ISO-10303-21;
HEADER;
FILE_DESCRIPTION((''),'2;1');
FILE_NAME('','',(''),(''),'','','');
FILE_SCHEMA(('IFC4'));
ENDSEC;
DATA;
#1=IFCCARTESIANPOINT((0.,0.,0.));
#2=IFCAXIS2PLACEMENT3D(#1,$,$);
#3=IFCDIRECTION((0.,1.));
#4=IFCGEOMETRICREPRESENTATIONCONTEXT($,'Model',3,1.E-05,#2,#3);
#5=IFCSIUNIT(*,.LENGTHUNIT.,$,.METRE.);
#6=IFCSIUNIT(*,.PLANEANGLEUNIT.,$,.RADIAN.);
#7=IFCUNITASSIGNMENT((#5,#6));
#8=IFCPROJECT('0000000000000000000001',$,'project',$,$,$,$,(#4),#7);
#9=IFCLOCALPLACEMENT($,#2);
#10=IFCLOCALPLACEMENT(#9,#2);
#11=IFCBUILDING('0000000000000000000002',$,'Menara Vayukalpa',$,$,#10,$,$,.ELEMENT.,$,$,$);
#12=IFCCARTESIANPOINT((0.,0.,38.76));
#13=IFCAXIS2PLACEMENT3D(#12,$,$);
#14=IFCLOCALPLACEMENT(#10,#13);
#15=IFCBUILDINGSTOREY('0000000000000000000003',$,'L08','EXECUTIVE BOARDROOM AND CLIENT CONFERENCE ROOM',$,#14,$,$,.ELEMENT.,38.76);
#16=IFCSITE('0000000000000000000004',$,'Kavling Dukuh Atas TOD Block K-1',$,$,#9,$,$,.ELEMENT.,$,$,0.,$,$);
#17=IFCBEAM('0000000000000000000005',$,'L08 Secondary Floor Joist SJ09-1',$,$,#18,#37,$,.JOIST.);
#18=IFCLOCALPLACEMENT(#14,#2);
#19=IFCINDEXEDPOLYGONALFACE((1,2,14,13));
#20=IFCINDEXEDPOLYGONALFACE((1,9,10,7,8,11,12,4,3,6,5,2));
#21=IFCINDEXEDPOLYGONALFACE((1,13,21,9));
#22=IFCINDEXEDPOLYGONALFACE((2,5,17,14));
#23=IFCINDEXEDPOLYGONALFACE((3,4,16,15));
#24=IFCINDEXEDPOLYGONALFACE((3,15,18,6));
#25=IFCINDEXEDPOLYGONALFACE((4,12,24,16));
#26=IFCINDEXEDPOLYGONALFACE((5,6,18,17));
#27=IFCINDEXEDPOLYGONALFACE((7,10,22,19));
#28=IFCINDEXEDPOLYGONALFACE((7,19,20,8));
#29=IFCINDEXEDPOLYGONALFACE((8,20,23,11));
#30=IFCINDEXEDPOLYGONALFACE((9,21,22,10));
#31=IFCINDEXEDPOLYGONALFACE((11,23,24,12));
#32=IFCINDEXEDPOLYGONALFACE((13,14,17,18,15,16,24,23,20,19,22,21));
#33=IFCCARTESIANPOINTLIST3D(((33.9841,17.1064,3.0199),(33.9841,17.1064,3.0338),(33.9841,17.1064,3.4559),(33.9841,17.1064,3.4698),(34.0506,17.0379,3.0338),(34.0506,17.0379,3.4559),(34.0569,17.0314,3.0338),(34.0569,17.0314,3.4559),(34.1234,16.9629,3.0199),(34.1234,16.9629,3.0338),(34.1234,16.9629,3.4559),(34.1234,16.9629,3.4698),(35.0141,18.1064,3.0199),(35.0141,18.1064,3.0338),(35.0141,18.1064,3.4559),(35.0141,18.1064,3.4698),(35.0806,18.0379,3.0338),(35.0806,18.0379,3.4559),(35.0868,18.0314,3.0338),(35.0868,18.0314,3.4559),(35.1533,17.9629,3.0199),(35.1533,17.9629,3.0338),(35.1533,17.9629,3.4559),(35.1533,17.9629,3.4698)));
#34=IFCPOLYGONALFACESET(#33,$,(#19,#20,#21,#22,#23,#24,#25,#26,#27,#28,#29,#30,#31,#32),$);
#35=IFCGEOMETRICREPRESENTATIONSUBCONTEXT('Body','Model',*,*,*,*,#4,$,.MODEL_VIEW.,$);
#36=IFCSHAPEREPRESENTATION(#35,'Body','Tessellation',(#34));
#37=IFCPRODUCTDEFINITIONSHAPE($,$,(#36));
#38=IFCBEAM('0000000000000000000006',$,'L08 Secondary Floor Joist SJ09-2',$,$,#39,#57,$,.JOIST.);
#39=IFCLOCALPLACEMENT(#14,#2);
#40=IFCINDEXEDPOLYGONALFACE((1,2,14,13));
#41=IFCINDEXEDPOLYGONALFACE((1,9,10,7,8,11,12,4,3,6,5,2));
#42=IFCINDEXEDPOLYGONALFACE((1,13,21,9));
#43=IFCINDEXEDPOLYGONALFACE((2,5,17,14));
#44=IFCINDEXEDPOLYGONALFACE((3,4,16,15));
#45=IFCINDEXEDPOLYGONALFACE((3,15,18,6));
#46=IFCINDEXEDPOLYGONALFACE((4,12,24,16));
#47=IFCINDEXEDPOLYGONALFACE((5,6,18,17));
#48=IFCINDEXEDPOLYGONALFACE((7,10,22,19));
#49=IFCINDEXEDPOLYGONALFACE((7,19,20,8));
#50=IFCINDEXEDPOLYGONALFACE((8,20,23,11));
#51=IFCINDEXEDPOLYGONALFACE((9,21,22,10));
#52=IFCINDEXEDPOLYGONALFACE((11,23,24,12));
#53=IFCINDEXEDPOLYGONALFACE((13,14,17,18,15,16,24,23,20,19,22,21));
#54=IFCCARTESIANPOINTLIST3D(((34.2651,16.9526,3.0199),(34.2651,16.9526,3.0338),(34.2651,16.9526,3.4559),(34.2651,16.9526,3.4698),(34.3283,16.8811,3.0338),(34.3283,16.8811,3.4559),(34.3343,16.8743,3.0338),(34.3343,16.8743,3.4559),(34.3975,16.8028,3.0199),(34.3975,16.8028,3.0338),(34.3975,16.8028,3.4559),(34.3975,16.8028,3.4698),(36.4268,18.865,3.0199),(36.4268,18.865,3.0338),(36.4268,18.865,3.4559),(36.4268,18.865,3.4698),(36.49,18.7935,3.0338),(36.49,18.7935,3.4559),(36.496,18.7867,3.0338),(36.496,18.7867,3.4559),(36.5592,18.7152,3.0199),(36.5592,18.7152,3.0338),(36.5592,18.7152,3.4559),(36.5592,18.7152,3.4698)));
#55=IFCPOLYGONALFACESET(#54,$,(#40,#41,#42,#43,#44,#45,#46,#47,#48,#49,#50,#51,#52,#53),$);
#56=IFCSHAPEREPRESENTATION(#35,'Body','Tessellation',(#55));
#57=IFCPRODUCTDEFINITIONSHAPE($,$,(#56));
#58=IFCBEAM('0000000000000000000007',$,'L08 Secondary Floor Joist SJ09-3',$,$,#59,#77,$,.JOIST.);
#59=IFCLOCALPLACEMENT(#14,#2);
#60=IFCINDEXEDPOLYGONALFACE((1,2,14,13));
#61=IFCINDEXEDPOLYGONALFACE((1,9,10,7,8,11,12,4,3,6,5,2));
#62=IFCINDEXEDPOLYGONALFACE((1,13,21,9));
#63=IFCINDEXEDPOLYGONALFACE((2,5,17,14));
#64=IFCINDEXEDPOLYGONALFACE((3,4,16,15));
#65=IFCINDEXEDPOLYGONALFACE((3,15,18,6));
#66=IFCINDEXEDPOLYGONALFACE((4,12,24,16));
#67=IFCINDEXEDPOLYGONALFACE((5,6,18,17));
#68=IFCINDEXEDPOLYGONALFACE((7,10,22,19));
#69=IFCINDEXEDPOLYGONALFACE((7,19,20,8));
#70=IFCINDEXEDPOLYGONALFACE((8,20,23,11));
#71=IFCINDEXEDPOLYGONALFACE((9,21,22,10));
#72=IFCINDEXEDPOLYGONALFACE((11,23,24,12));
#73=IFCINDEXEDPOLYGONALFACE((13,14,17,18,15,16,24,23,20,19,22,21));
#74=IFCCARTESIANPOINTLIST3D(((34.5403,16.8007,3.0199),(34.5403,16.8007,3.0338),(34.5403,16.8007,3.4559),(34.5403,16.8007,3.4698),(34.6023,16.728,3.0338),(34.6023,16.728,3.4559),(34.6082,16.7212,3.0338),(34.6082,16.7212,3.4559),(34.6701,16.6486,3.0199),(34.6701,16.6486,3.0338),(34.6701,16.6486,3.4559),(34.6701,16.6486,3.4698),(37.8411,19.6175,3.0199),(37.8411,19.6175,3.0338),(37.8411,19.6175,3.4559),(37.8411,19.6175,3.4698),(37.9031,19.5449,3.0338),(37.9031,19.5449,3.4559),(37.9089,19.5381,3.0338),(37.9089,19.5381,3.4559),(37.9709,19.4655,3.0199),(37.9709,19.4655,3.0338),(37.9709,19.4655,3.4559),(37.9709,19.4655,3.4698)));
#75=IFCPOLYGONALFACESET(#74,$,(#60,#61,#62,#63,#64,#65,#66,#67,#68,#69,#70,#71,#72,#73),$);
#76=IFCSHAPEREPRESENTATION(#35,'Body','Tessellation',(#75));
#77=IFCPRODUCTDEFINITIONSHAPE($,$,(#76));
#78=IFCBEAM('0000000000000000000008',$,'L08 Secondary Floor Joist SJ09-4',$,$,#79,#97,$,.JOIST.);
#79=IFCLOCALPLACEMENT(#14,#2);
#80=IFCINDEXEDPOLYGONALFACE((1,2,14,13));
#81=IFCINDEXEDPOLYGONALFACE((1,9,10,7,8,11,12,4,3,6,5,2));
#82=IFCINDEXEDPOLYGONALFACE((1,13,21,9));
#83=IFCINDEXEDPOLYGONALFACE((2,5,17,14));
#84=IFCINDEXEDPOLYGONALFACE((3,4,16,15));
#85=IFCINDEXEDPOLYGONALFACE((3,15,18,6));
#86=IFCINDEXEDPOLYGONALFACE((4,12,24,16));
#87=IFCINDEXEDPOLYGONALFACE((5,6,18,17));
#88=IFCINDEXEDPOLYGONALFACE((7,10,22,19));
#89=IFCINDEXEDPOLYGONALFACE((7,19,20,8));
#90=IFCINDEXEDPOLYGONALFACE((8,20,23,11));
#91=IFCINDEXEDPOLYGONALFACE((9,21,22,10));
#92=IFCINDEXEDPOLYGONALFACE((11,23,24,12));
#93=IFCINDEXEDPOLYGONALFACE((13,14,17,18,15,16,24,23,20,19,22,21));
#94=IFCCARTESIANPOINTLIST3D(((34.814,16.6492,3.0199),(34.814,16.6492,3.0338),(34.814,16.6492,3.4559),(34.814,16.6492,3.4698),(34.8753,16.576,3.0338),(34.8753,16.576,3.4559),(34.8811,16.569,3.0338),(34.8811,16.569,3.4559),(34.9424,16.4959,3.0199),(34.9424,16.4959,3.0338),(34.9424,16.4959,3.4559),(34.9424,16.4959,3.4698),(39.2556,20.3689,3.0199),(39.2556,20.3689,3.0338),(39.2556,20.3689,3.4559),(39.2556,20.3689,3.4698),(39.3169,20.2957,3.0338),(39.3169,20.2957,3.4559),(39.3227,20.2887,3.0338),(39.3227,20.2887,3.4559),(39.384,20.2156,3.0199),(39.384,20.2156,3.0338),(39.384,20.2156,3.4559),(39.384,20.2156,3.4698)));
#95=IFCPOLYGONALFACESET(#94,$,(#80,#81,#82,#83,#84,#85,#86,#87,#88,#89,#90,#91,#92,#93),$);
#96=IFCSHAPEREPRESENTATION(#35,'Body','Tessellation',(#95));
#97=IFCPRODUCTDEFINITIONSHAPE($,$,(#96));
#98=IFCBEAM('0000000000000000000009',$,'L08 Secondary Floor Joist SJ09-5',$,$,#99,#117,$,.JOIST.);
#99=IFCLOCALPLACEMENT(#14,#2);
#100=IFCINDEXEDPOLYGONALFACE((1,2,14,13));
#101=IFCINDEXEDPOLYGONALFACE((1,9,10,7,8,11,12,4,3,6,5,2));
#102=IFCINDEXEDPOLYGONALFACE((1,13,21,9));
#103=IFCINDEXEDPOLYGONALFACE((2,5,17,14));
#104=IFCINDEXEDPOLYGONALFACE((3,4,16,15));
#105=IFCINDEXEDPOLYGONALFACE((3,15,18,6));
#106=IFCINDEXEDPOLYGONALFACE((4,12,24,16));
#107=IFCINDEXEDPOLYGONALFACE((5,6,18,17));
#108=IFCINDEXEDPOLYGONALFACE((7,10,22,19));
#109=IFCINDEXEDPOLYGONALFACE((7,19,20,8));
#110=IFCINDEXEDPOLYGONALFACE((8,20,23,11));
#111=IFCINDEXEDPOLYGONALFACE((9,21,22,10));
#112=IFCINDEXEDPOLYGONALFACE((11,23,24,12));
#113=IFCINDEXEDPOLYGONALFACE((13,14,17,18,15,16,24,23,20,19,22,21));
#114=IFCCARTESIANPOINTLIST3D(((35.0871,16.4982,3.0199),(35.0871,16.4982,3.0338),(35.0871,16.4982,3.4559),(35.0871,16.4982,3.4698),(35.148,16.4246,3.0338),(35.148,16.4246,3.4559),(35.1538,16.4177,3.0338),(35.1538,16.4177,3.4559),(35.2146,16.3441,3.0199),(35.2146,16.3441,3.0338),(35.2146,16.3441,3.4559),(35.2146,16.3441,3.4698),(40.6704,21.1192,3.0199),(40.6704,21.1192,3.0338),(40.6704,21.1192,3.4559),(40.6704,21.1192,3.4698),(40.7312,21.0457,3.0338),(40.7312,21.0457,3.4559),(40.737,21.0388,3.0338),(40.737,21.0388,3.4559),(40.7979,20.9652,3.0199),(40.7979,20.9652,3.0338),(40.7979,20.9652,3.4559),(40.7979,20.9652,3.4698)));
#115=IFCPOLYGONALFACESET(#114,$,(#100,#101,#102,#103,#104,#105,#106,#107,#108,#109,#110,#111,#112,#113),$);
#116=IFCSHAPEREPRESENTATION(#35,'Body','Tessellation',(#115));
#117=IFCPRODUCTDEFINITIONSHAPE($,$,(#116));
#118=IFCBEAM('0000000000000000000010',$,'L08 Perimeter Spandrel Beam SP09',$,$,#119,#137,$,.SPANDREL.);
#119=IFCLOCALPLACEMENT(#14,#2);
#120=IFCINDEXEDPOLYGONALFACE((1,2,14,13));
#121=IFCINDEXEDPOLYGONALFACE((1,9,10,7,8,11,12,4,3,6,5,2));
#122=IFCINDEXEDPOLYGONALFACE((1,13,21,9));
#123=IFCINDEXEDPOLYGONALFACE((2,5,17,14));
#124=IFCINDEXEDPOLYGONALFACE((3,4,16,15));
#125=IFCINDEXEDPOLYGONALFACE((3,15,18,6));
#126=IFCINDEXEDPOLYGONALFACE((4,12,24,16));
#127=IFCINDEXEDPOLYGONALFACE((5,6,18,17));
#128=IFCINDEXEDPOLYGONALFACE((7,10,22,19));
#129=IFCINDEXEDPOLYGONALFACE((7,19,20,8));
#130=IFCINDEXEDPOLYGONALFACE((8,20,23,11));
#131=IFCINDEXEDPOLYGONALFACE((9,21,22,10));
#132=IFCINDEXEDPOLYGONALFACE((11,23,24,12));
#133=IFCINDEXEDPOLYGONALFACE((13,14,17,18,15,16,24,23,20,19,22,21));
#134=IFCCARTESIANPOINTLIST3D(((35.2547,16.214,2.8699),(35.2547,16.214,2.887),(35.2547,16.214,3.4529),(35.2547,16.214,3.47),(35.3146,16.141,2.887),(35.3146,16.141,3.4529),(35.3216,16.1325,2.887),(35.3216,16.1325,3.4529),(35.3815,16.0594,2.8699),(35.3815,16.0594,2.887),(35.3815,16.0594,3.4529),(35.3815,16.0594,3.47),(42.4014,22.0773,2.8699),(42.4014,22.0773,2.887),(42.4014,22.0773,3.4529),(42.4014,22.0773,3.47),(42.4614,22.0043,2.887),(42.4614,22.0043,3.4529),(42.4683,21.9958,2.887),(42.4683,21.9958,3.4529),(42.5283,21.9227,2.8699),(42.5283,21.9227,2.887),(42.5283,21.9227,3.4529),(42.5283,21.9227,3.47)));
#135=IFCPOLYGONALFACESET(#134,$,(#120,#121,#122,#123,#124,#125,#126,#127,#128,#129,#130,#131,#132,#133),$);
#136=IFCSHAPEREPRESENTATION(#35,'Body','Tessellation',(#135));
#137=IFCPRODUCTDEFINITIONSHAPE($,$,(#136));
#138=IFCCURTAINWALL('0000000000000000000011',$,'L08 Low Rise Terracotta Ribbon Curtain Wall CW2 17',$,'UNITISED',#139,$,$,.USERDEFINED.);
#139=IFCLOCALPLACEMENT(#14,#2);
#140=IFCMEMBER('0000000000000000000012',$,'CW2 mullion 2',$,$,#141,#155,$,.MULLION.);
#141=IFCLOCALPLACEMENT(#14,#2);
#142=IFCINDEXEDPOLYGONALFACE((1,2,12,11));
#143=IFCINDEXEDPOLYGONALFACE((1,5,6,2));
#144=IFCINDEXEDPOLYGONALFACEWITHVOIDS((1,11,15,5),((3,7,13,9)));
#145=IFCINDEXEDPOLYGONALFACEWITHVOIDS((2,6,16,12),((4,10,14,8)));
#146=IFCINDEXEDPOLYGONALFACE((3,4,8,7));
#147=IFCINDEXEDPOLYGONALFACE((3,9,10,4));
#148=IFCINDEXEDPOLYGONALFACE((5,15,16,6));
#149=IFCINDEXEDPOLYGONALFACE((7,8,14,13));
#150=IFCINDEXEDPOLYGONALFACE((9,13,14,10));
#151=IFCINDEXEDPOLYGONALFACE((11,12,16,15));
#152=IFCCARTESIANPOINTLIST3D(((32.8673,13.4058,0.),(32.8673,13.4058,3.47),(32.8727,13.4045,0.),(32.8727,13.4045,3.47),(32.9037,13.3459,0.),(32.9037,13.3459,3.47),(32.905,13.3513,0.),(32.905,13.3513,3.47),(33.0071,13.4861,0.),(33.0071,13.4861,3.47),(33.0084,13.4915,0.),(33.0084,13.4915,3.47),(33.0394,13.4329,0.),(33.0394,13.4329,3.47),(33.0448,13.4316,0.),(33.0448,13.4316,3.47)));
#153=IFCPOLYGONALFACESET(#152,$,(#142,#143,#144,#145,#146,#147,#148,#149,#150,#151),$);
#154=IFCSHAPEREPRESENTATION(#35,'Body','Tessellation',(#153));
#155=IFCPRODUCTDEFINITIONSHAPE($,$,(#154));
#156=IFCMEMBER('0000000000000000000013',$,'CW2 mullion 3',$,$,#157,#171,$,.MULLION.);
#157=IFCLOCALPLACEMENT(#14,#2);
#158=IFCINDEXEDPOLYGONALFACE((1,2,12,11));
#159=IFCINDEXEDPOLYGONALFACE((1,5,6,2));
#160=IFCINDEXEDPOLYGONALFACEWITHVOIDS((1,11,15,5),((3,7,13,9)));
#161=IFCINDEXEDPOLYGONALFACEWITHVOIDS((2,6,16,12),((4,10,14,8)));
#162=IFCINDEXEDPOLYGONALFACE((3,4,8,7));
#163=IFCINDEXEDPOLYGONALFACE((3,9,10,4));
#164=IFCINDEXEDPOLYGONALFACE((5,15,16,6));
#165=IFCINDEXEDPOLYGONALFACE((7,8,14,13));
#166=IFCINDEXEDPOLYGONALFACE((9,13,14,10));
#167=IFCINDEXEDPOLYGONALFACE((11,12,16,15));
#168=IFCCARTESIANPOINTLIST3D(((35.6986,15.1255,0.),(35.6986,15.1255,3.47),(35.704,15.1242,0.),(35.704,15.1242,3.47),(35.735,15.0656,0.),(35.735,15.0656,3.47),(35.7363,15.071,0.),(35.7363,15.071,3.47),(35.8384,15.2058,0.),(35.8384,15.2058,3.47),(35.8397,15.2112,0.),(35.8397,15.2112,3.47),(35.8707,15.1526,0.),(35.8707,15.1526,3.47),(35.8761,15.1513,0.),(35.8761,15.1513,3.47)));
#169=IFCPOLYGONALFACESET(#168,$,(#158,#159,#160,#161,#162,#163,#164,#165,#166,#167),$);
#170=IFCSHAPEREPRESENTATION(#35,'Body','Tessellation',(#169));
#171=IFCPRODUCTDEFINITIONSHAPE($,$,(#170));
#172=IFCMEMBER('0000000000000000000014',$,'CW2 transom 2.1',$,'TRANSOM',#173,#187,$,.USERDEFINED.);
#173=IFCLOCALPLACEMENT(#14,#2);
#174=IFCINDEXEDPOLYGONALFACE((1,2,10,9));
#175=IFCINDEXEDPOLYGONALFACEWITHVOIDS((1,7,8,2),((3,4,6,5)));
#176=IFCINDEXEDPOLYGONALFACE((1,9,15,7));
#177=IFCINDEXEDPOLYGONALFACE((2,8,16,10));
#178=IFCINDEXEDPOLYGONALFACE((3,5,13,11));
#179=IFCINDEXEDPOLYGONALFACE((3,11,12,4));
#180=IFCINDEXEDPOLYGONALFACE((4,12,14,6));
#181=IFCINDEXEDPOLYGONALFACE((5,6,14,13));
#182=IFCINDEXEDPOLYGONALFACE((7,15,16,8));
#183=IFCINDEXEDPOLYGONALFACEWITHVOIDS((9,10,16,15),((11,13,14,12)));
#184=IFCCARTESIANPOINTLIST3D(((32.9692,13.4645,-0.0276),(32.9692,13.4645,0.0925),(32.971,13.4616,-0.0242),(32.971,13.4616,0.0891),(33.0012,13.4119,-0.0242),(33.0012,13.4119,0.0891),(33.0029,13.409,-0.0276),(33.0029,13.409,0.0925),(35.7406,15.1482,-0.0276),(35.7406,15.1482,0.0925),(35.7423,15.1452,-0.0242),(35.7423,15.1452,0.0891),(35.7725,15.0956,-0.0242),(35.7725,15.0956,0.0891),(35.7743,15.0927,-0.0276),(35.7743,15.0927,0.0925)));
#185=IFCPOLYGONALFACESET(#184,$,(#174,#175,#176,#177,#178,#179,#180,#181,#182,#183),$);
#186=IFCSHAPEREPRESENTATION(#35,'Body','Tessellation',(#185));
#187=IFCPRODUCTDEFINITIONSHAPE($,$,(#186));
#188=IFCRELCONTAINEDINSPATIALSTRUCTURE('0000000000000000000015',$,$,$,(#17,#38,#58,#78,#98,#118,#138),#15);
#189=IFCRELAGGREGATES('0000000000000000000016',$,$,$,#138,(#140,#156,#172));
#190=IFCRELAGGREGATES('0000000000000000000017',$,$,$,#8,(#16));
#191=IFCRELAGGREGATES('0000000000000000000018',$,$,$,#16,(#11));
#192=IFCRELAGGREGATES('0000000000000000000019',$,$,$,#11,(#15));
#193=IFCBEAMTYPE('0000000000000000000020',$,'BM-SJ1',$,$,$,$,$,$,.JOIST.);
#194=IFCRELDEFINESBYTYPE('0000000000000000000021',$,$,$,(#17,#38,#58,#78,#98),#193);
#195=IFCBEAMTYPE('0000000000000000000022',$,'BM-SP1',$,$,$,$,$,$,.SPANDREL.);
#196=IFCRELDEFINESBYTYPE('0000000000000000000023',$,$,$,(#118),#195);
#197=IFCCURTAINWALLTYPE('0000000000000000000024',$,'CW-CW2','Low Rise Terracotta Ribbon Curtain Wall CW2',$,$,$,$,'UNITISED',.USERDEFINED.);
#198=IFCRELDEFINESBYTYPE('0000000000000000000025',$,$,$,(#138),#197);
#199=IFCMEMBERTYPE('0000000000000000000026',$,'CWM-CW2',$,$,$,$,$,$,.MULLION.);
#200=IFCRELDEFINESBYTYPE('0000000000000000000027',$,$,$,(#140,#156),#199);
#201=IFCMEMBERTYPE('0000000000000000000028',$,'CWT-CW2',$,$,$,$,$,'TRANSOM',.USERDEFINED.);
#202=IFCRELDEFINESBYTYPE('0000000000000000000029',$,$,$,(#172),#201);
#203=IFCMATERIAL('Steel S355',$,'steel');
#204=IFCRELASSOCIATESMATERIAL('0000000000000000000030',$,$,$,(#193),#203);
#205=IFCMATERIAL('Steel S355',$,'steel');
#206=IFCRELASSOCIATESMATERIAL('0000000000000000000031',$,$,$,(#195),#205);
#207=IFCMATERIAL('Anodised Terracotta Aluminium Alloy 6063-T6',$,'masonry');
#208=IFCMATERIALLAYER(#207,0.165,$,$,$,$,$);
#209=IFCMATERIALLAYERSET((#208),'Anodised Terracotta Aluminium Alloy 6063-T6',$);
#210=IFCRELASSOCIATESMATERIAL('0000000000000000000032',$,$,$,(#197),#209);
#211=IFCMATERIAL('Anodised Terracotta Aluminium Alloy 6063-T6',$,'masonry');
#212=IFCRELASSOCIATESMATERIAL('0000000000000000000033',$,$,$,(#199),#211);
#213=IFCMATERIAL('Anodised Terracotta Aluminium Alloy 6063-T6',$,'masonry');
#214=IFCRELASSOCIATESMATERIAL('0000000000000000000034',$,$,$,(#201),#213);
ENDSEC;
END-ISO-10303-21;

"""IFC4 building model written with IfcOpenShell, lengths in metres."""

from ifc_helpers import new_model, si_unit, direction, frame, origin, origin_2d, place, context, subcontext, project, spatial, hollow_rectangle, i_section, extrude, material, layer, layer_set, material_profile, profile_set, type_object, element, aggregate, save


model = new_model("IFC4")

# Units and contexts
model_context = context("Model", 3, precision=1e-05, world=origin(), true_north=direction((0.0, 1.0)))
body_context = subcontext(model_context, "Body", "Model", "MODEL_VIEW")
ifc_project = project(units=[si_unit("LENGTHUNIT", "METRE"), si_unit("PLANEANGLEUNIT", "RADIAN")], contexts=[model_context])

# Site, building, storey
site_placement = place(None, origin())
site = spatial("IfcSite", under=ifc_project, at=site_placement, Name="Kavling Dukuh Atas TOD Block K-1", CompositionType="ELEMENT", RefElevation=0.0)
building_placement = place(site_placement, origin())
building = spatial("IfcBuilding", under=site, at=building_placement, Name="Menara Vayukalpa", CompositionType="ELEMENT")
storey_placement = place(building_placement, frame((0.0, 0.0, 38.76)))
storey = spatial("IfcBuildingStorey", under=building, at=storey_placement, Name="L08", Description="EXECUTIVE BOARDROOM AND CLIENT CONFERENCE ROOM", CompositionType="ELEMENT", Elevation=38.76)

# Beams
ifc_material_1 = material(Name="Steel S355", Category="steel")
ifc_material_profile_1 = material_profile(ifc_material_1, i_section(OverallWidth=0.2, OverallDepth=0.45, WebThickness=0.009, FlangeThickness=0.0139, at=origin_2d()), Name="WF 450x200x9x14")
ifc_profile_set_1 = profile_set([ifc_material_profile_1], Name="Steel S355")
beam_type_1 = type_object("IfcBeamType", Name="BM-SJ1", PredefinedType="JOIST", material=ifc_profile_set_1)
beam_1_placement = place(storey_placement, frame((34.0537, 17.0347, 3.2449), z_axis=(0.717488, 0.696571, 0.0), x_axis=(-0.696571, 0.717488, 0.0)))
element("IfcBeam", 1, at=beam_1_placement, inside=storey, type_object=beam_type_1, Name="L08 Secondary Floor Joist SJ09-1", PredefinedType="JOIST", context=body_context, shape_type="SweptSolid", body=[
    extrude(i_section(OverallWidth=0.2, OverallDepth=0.45, WebThickness=0.009, FlangeThickness=0.0139, at=origin_2d()), origin(), (0.0, 0.0, 1.0), 1.4355),
])
beam_2_placement = place(storey_placement, frame((34.3313, 16.8777, 3.2449), z_axis=(0.748971, 0.662603, 0.0), x_axis=(-0.662603, 0.748971, 0.0)))
element("IfcBeam", 2, at=beam_2_placement, inside=storey, type_object=beam_type_1, Name="L08 Secondary Floor Joist SJ09-2", PredefinedType="JOIST", context=body_context, shape_type="SweptSolid", body=[
    extrude(i_section(OverallWidth=0.2, OverallDepth=0.45, WebThickness=0.009, FlangeThickness=0.0139, at=origin_2d()), origin(), (0.0, 0.0, 1.0), 2.8862),
])
beam_3_placement = place(storey_placement, frame((34.6052, 16.7246, 3.2449), z_axis=(0.760661, 0.64915, 0.0), x_axis=(-0.64915, 0.760661, 0.0)))
element("IfcBeam", 3, at=beam_3_placement, inside=storey, type_object=beam_type_1, Name="L08 Secondary Floor Joist SJ09-3", PredefinedType="JOIST", context=body_context, shape_type="SweptSolid", body=[
    extrude(i_section(OverallWidth=0.2, OverallDepth=0.45, WebThickness=0.009, FlangeThickness=0.0139, at=origin_2d()), origin(), (0.0, 0.0, 1.0), 4.3394),
])
beam_4_placement = place(storey_placement, frame((34.8782, 16.5725, 3.2449), z_axis=(0.766661, 0.642052, 0.0), x_axis=(-0.642052, 0.766661, 0.0)))
element("IfcBeam", 4, at=beam_4_placement, inside=storey, type_object=beam_type_1, Name="L08 Secondary Floor Joist SJ09-4", PredefinedType="JOIST", context=body_context, shape_type="SweptSolid", body=[
    extrude(i_section(OverallWidth=0.2, OverallDepth=0.45, WebThickness=0.009, FlangeThickness=0.0139, at=origin_2d()), origin(), (0.0, 0.0, 1.0), 5.7935),
])
beam_5_placement = place(storey_placement, frame((35.1509, 16.4211, 3.2449), z_axis=(0.770362, 0.637606, 0.0), x_axis=(-0.637606, 0.770362, 0.0)))
element("IfcBeam", 5, at=beam_5_placement, inside=storey, type_object=beam_type_1, Name="L08 Secondary Floor Joist SJ09-5", PredefinedType="JOIST", context=body_context, shape_type="SweptSolid", body=[
    extrude(i_section(OverallWidth=0.2, OverallDepth=0.45, WebThickness=0.009, FlangeThickness=0.0139, at=origin_2d()), origin(), (0.0, 0.0, 1.0), 7.2476),
])
ifc_material_2 = material(Name="Steel S355", Category="steel")
ifc_material_profile_2 = material_profile(ifc_material_2, i_section(OverallWidth=0.2, OverallDepth=0.6001, WebThickness=0.011, FlangeThickness=0.0171, at=origin_2d()), Name="WF 600x200x11x17")
ifc_profile_set_2 = profile_set([ifc_material_profile_2], Name="Steel S355")
beam_type_2 = type_object("IfcBeamType", Name="BM-SP1", PredefinedType="SPANDREL", material=ifc_profile_set_2)
beam_6_placement = place(storey_placement, frame((35.3181, 16.1367, 3.1699), z_axis=(0.773111, 0.634271, 0.0), x_axis=(-0.634271, 0.773111, 0.0)))
element("IfcBeam", 6, at=beam_6_placement, inside=storey, type_object=beam_type_2, Name="L08 Perimeter Spandrel Beam SP09", PredefinedType="SPANDREL", context=body_context, shape_type="SweptSolid", body=[
    extrude(i_section(OverallWidth=0.2, OverallDepth=0.6001, WebThickness=0.011, FlangeThickness=0.0171, at=origin_2d()), origin(), (0.0, 0.0, 1.0), 9.2441),
])

# Curtain wall, members
ifc_material_3 = material(Name="Anodised Terracotta Aluminium Alloy 6063-T6", Category="masonry")
ifc_layer_1 = layer(ifc_material_3, 0.165)
ifc_layer_set_1 = layer_set([ifc_layer_1], Name="Anodised Terracotta Aluminium Alloy 6063-T6")
curtain_wall_type = type_object("IfcCurtainWallType", Name="CW-CW2", Description="Low Rise Terracotta Ribbon Curtain Wall CW2", ElementType="UNITISED", PredefinedType="USERDEFINED", material=ifc_layer_set_1)
curtain_wall_placement = place(storey_placement, origin())
curtain_wall = element("IfcCurtainWall", 7, at=curtain_wall_placement, inside=storey, type_object=curtain_wall_type, Name="L08 Low Rise Terracotta Ribbon Curtain Wall CW2 17", ObjectType="UNITISED", PredefinedType="USERDEFINED")
ifc_material_4 = material(Name="Anodised Terracotta Aluminium Alloy 6063-T6", Category="masonry")
ifc_material_profile_3 = material_profile(ifc_material_4, hollow_rectangle(XDim=0.0701, YDim=0.165, WallThickness=0.0039, at=origin_2d()), Name="ALU 70x165x4")
ifc_profile_set_3 = profile_set([ifc_material_profile_3], Name="Anodised Terracotta Aluminium Alloy 6063-T6")
member_type_1 = type_object("IfcMemberType", Name="CWM-CW2", PredefinedType="MULLION", material=ifc_profile_set_3)
member_1_placement = place(storey_placement, frame((32.9561, 13.4187, 0.0), z_axis=(0.0, 0.0, 1.0), x_axis=(-0.519182, 0.854664, 0.0)))
member_1 = element("IfcMember", 8, at=member_1_placement, type_object=member_type_1, Name="CW2 mullion 2", PredefinedType="MULLION", context=body_context, shape_type="SweptSolid", body=[
    extrude(hollow_rectangle(XDim=0.0701, YDim=0.165, WallThickness=0.0039, at=origin_2d()), origin(), (0.0, 0.0, 1.0), 3.47),
])
member_2_placement = place(storey_placement, frame((35.7874, 15.1384, 0.0), z_axis=(0.0, 0.0, 1.0), x_axis=(-0.519182, 0.854664, 0.0)))
member_2 = element("IfcMember", 9, at=member_2_placement, type_object=member_type_1, Name="CW2 mullion 3", PredefinedType="MULLION", context=body_context, shape_type="SweptSolid", body=[
    extrude(hollow_rectangle(XDim=0.0701, YDim=0.165, WallThickness=0.0039, at=origin_2d()), origin(), (0.0, 0.0, 1.0), 3.47),
])
ifc_material_5 = material(Name="Anodised Terracotta Aluminium Alloy 6063-T6", Category="masonry")
ifc_material_profile_4 = material_profile(ifc_material_5, hollow_rectangle(XDim=0.0649, YDim=0.1201, WallThickness=0.0034, at=origin_2d()), Name="ALU 65x120x3.5")
ifc_profile_set_4 = profile_set([ifc_material_profile_4], Name="Anodised Terracotta Aluminium Alloy 6063-T6")
member_type_2 = type_object("IfcMemberType", Name="CWT-CW2", ElementType="TRANSOM", PredefinedType="USERDEFINED", material=ifc_profile_set_4)
member_3_placement = place(storey_placement, frame((32.9861, 13.4368, 0.0325), z_axis=(0.854643, 0.519216, 0.0), x_axis=(-0.519216, 0.854643, 0.0)))
member_3 = element("IfcMember", 10, at=member_3_placement, type_object=member_type_2, Name="CW2 transom 2.1", ObjectType="TRANSOM", PredefinedType="USERDEFINED", context=body_context, shape_type="SweptSolid", body=[
    extrude(hollow_rectangle(XDim=0.0649, YDim=0.1201, WallThickness=0.0034, at=origin_2d()), origin(), (0.0, 0.0, 1.0), 3.2427),
])
aggregate(curtain_wall, [member_1, member_2, member_3])

save(model, "model.ifc")
